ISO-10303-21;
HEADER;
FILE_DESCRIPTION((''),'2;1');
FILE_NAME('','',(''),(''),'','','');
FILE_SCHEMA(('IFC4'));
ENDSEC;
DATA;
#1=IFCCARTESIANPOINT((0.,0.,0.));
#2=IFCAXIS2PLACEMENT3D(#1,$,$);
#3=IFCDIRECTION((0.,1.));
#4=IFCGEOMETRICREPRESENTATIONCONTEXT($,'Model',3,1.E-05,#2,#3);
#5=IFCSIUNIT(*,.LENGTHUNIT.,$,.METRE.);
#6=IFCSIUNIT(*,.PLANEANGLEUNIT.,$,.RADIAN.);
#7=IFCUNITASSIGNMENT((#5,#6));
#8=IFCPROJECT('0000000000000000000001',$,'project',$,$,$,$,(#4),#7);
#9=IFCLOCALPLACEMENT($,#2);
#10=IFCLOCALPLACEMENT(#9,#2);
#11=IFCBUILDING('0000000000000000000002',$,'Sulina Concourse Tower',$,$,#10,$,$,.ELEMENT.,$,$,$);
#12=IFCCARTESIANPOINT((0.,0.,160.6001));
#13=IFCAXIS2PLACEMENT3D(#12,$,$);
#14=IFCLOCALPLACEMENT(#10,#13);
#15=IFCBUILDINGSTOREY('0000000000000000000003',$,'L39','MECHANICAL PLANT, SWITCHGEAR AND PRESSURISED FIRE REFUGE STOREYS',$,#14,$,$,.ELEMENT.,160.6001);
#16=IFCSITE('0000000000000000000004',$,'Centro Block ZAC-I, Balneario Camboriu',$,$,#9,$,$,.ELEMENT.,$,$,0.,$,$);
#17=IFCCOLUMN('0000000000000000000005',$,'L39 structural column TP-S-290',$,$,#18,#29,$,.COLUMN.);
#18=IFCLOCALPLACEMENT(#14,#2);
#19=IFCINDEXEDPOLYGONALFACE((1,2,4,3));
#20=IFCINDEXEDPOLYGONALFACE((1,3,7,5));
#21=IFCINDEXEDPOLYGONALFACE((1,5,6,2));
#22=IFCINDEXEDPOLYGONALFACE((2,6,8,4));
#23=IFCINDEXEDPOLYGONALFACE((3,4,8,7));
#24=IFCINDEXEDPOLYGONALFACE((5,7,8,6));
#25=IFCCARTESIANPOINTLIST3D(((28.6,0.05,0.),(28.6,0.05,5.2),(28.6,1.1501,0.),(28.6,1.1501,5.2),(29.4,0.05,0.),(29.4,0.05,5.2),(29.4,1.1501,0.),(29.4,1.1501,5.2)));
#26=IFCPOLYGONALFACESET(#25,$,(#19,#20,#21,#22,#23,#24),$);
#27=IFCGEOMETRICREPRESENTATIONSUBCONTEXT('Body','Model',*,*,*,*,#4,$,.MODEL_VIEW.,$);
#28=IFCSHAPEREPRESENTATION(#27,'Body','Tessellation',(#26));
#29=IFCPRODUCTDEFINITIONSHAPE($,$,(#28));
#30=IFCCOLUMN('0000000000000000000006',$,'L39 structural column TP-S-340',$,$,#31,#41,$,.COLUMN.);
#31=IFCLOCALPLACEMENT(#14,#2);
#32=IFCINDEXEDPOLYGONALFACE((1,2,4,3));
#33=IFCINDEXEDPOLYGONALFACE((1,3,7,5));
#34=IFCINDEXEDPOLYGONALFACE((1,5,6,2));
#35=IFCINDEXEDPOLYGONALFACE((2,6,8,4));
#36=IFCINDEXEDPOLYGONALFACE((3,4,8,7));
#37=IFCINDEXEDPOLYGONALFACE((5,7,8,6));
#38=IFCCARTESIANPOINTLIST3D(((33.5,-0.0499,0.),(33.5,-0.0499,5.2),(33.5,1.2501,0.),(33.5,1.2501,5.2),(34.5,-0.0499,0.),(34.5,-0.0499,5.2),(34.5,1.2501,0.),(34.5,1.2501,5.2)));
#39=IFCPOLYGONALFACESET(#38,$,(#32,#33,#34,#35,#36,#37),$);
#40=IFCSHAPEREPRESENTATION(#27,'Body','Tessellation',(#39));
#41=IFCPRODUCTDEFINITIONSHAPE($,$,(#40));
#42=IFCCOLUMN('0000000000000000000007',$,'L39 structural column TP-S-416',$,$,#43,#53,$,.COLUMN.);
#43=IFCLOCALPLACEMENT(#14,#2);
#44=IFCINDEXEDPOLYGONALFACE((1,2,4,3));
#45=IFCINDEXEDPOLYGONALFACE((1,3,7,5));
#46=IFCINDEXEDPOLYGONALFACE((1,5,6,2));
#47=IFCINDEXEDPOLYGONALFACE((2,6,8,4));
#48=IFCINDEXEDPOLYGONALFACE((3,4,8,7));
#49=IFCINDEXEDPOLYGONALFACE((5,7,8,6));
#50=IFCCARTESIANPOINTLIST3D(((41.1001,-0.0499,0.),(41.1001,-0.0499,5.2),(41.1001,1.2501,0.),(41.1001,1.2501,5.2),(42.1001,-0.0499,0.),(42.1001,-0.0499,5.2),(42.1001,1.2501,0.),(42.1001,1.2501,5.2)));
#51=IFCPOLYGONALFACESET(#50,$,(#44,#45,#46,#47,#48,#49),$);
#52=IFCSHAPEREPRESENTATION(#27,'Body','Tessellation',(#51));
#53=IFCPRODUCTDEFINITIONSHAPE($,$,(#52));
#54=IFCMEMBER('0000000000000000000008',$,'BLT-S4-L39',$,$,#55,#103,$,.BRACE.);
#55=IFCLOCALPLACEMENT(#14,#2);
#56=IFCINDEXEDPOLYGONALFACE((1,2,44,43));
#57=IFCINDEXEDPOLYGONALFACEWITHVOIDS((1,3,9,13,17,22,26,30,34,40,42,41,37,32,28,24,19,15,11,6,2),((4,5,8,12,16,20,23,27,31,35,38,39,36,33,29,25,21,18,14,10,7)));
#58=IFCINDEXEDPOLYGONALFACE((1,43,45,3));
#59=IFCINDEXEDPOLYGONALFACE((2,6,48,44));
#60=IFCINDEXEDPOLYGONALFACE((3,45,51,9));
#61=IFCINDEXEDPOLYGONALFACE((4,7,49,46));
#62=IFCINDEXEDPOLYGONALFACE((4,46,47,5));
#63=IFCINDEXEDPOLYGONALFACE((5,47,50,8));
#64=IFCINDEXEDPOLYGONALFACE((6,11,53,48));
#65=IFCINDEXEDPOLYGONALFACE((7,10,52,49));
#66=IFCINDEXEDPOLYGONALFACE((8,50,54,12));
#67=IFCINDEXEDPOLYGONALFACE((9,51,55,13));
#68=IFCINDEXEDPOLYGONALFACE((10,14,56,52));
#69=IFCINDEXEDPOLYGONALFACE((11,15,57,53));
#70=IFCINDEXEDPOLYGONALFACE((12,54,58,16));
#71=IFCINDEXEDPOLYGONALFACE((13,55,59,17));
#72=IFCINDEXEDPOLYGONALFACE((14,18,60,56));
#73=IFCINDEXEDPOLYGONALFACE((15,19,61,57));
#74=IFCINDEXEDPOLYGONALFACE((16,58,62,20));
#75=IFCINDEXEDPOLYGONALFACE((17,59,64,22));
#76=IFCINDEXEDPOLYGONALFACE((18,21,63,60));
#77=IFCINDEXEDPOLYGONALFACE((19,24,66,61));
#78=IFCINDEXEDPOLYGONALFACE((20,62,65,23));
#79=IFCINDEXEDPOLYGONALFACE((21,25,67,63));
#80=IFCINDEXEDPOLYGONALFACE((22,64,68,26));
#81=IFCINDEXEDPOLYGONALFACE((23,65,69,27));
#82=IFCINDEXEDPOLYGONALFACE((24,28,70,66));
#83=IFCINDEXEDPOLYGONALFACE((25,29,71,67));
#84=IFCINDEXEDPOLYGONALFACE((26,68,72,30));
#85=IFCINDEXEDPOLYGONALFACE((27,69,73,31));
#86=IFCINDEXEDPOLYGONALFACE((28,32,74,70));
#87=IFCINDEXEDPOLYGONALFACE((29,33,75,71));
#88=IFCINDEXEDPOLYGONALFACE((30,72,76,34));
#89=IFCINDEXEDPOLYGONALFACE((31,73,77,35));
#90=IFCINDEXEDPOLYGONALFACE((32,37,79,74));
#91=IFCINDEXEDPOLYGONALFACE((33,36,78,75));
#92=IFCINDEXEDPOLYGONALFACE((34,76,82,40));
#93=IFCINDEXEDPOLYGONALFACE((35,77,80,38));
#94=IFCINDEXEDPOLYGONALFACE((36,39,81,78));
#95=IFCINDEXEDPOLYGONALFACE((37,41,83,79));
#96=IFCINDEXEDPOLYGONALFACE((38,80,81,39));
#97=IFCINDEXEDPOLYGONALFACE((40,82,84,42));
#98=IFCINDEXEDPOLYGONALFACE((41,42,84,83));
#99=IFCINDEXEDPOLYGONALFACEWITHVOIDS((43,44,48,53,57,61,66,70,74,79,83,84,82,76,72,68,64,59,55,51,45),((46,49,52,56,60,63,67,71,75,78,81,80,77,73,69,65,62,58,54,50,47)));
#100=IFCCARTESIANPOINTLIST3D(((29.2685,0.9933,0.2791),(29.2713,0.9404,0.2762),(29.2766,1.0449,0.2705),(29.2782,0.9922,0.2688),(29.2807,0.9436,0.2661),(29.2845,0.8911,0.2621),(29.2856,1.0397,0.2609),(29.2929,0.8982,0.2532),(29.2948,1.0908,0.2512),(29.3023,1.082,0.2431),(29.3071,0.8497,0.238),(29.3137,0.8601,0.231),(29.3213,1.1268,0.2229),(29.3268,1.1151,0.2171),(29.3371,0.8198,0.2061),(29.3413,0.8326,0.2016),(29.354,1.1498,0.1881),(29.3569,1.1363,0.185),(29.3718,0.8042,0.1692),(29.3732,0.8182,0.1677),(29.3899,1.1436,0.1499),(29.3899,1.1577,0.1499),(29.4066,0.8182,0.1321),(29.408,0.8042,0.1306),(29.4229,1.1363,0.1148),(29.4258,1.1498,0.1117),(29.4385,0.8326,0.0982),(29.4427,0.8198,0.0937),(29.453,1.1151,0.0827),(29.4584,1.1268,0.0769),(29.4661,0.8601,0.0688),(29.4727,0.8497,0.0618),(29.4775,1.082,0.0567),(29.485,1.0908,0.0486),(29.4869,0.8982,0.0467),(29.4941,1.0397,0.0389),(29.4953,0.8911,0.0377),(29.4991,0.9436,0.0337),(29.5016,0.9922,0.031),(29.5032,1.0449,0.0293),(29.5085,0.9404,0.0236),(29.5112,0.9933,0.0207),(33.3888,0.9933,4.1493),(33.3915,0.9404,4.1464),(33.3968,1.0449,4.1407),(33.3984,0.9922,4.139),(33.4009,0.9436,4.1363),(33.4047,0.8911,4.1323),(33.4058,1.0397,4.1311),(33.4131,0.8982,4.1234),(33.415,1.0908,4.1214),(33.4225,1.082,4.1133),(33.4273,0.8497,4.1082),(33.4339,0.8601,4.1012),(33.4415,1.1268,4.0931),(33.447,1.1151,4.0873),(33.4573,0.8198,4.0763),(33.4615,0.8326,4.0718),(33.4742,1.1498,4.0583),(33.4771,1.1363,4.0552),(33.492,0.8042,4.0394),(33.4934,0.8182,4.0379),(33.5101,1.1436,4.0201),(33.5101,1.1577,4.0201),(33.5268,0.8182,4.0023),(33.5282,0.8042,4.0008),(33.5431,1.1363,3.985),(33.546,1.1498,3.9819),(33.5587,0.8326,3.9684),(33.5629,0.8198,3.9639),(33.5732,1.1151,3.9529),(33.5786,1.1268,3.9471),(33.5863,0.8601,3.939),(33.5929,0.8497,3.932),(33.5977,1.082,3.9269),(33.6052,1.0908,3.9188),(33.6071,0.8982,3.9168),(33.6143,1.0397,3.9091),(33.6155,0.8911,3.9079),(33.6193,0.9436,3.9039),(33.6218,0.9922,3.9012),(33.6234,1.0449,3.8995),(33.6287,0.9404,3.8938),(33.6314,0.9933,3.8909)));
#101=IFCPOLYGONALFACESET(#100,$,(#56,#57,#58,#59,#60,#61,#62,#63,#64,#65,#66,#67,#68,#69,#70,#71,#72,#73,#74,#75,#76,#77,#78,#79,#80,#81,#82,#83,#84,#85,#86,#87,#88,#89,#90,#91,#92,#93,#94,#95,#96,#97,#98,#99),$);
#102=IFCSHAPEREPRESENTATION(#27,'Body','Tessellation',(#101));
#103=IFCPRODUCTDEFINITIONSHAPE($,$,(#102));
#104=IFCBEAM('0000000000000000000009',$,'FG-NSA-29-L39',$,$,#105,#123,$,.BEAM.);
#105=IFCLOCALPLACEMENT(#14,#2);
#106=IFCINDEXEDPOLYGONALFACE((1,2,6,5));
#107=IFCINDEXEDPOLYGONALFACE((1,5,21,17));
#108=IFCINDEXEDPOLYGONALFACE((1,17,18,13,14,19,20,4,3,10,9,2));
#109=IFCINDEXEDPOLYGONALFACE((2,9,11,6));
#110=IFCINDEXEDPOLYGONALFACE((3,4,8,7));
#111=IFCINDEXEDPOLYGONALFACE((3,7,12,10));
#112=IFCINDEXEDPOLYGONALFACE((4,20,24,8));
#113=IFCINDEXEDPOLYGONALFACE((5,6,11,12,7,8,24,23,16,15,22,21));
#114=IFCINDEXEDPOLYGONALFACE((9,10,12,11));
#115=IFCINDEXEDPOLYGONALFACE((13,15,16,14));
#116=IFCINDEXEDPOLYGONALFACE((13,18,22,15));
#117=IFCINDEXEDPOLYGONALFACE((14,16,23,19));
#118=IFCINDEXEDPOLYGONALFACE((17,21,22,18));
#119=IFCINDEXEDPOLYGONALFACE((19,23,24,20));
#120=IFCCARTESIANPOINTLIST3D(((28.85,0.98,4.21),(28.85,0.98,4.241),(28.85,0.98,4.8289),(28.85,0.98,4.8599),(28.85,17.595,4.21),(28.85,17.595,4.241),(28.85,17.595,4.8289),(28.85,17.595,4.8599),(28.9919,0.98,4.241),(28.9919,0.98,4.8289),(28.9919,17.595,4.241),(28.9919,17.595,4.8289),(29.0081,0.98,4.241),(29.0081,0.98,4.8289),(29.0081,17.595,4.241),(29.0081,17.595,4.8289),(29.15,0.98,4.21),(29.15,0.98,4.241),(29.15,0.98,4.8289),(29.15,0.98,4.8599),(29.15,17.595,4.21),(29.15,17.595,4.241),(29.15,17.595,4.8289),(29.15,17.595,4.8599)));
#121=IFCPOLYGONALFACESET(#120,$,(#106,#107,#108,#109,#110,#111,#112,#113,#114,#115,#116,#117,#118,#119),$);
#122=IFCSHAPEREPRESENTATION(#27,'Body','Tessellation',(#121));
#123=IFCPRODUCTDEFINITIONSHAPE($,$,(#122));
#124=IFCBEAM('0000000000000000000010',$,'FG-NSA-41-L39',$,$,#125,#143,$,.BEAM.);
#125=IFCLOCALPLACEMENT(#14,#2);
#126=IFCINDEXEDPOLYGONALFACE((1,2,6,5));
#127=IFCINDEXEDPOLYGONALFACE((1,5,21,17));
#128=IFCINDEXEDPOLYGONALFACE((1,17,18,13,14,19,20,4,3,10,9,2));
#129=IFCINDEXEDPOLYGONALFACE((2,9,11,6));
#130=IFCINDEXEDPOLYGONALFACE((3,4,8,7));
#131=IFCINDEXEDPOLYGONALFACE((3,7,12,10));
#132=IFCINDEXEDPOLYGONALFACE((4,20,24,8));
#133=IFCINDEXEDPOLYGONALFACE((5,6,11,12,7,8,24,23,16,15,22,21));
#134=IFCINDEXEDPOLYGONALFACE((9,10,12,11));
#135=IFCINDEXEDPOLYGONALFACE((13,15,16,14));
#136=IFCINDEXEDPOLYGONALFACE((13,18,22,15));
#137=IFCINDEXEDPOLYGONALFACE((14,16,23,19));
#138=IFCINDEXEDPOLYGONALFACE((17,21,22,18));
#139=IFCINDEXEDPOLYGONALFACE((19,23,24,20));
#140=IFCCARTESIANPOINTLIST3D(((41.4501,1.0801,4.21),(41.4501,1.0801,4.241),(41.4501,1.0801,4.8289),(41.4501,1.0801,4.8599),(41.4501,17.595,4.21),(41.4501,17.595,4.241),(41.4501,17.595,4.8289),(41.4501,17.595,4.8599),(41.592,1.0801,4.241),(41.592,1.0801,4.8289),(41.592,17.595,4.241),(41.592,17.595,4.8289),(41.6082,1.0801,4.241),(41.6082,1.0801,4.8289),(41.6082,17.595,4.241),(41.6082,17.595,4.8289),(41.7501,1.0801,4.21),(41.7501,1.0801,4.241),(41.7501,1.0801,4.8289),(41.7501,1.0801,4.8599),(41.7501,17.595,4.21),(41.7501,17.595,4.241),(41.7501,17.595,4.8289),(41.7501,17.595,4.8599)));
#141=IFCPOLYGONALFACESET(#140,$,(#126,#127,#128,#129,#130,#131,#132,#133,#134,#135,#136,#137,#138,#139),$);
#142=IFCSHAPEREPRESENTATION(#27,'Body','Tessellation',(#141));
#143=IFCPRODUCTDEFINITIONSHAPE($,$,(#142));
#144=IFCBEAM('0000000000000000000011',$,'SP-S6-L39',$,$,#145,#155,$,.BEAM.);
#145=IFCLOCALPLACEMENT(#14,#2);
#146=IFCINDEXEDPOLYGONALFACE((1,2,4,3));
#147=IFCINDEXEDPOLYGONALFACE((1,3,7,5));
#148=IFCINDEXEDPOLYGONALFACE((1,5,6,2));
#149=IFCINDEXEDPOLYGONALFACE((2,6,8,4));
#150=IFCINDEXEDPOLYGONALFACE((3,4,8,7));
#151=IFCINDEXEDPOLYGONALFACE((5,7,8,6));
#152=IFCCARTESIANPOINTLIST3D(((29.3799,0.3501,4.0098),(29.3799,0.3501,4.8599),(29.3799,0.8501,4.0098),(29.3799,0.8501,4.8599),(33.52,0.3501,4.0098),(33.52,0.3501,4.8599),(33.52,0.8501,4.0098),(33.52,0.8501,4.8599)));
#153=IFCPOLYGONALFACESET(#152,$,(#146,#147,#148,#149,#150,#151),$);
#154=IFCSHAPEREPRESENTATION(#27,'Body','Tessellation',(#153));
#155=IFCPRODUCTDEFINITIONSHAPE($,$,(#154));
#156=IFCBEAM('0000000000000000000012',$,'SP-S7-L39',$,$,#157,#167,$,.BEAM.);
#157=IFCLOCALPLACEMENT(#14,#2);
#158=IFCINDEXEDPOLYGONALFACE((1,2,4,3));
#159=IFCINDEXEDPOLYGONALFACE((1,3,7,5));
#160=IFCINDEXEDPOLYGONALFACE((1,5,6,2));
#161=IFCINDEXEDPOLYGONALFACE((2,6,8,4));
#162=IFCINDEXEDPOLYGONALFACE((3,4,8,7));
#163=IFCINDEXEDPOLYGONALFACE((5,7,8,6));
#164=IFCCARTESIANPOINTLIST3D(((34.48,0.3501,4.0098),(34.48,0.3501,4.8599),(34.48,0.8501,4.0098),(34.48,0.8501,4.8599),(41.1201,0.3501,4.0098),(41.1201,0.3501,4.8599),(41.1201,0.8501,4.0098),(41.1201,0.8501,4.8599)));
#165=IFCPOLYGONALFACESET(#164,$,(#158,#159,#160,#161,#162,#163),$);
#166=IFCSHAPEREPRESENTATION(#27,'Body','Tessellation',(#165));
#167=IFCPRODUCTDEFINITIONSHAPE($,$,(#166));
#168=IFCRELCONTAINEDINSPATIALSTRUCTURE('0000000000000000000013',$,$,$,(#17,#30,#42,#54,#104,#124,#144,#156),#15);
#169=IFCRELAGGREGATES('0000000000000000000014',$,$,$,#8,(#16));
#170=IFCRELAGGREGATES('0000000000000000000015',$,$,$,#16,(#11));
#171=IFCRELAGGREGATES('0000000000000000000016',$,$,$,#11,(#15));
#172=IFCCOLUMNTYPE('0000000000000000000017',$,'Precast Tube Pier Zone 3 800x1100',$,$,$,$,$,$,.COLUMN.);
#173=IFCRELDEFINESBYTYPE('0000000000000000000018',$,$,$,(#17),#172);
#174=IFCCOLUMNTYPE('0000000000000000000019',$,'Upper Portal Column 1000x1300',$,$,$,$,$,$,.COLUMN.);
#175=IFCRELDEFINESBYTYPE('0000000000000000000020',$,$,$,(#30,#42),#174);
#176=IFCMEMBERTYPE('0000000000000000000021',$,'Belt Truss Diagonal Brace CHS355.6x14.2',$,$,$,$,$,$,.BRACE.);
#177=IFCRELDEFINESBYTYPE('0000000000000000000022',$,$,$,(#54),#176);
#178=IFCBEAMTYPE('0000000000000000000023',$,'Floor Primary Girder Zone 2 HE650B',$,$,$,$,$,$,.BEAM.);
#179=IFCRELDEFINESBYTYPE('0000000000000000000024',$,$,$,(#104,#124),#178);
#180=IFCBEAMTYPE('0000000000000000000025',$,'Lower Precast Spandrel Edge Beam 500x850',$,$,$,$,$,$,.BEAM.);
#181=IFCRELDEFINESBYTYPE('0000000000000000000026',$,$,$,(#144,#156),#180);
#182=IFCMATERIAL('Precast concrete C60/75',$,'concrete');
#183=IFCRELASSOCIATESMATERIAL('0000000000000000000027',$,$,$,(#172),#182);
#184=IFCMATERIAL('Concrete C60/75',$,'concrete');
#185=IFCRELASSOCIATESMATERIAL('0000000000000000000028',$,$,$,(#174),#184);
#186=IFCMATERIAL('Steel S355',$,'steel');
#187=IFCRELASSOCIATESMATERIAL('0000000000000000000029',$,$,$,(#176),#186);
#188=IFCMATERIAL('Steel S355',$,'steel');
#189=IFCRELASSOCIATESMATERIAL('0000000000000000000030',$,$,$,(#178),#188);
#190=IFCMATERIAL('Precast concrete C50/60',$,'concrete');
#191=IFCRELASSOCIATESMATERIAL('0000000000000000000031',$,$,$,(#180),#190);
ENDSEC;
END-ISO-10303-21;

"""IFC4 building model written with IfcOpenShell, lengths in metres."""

from ifc_helpers import new_model, si_unit, direction, frame, origin, origin_2d, place, context, subcontext, project, spatial, rectangle, hollow_circle, i_section, extrude, material, material_profile, profile_set, type_object, element, save


model = new_model("IFC4")

# Units and contexts
model_context = context("Model", 3, precision=1e-05, world=origin(), true_north=direction((0.0, 1.0)))
body_context = subcontext(model_context, "Body", "Model", "MODEL_VIEW")
ifc_project = project(units=[si_unit("LENGTHUNIT", "METRE"), si_unit("PLANEANGLEUNIT", "RADIAN")], contexts=[model_context])

# Site, building, storey
site_placement = place(None, origin())
site = spatial("IfcSite", under=ifc_project, at=site_placement, Name="Centro Block ZAC-I, Balneario Camboriu", CompositionType="ELEMENT", RefElevation=0.0)
building_placement = place(site_placement, origin())
building = spatial("IfcBuilding", under=site, at=building_placement, Name="Sulina Concourse Tower", CompositionType="ELEMENT")
storey_placement = place(building_placement, frame((0.0, 0.0, 160.6001)))
storey = spatial("IfcBuildingStorey", under=building, at=storey_placement, Name="L39", Description="MECHANICAL PLANT, SWITCHGEAR AND PRESSURISED FIRE REFUGE STOREYS", CompositionType="ELEMENT", Elevation=160.6001)

# Columns
ifc_material_1 = material(Name="Precast concrete C60/75", Category="concrete")
ifc_material_profile_1 = material_profile(ifc_material_1, rectangle(XDim=0.8, YDim=1.1001, at=origin_2d()), Name="PC 800x1100")
ifc_profile_set_1 = profile_set([ifc_material_profile_1], Name="Precast concrete C60/75")
column_type_1 = type_object("IfcColumnType", Name="Precast Tube Pier Zone 3 800x1100", PredefinedType="COLUMN", material=ifc_profile_set_1)
column_placement = place(storey_placement, frame((29.0, 0.6001, 0.0), z_axis=(0.0, 0.0, 1.0), x_axis=(1.0, 0.0, 0.0)))
element("IfcColumn", 1, at=column_placement, inside=storey, type_object=column_type_1, Name="L39 structural column TP-S-290", PredefinedType="COLUMN", context=body_context, shape_type="SweptSolid", body=[
    extrude(rectangle(XDim=0.8, YDim=1.1001, at=origin_2d()), origin(), (0.0, 0.0, 1.0), 5.2),
])
ifc_material_2 = material(Name="Concrete C60/75", Category="concrete")
ifc_material_profile_2 = material_profile(ifc_material_2, rectangle(XDim=1.0, YDim=1.3, at=origin_2d()), Name="RC 1000x1300")
ifc_profile_set_2 = profile_set([ifc_material_profile_2], Name="Concrete C60/75")
column_type_2 = type_object("IfcColumnType", Name="Upper Portal Column 1000x1300", PredefinedType="COLUMN", material=ifc_profile_set_2)
for number, where, z_axis, x_axis, name in (
    (2, (34.0, 0.6001, 0.0), (0.0, 0.0, 1.0), (1.0, 0.0, 0.0), "L39 structural column TP-S-340"),
    (3, (41.6001, 0.6001, 0.0), (0.0, 0.0, 1.0), (1.0, 0.0, 0.0), "L39 structural column TP-S-416"),
):
    element("IfcColumn", number, at=place(storey_placement, frame(where, z_axis=z_axis, x_axis=x_axis)), inside=storey, type_object=column_type_2, Name=name, PredefinedType="COLUMN", context=body_context, shape_type="SweptSolid", body=[
        extrude(rectangle(XDim=1.0, YDim=1.3, at=origin_2d()), origin(), (0.0, 0.0, 1.0), 5.2),
    ])

# Member
ifc_material_3 = material(Name="Steel S355", Category="steel")
ifc_material_profile_3 = material_profile(ifc_material_3, hollow_circle(Radius=0.1777, WallThickness=0.0142, at=origin_2d()), Name="CHS 355.6x14.2")
ifc_profile_set_3 = profile_set([ifc_material_profile_3], Name="Steel S355")
member_type_1 = type_object("IfcMemberType", Name="Belt Truss Diagonal Brace CHS355.6x14.2", PredefinedType="BRACE", material=ifc_profile_set_3)
member_1_placement = place(storey_placement, frame((29.3899, 0.98, 0.1499), z_axis=(0.728874, 0.0, 0.684648), x_axis=(0.0, 1.0, 0.0)))
element("IfcMember", 4, at=member_1_placement, inside=storey, type_object=member_type_1, Name="BLT-S4-L39", PredefinedType="BRACE", context=body_context, shape_type="SweptSolid", body=[
    extrude(hollow_circle(Radius=0.1777, WallThickness=0.0142, at=origin_2d()), origin(), (0.0, 0.0, 1.0), 5.6528),
])

# Beams
ifc_material_4 = material(Name="Steel S355", Category="steel")
ifc_material_profile_4 = material_profile(ifc_material_4, i_section(OverallWidth=0.3, OverallDepth=0.6499, WebThickness=0.0161, FlangeThickness=0.031, at=origin_2d()), Name="HE 650 B")
ifc_profile_set_4 = profile_set([ifc_material_profile_4], Name="Steel S355")
beam_type_1 = type_object("IfcBeamType", Name="Floor Primary Girder Zone 2 HE650B", PredefinedType="BEAM", material=ifc_profile_set_4)
beam_1_placement = place(storey_placement, frame((29.0, 0.98, 4.5349), z_axis=(0.0, 1.0, 0.0), x_axis=(-1.0, 0.0, 0.0)))
element("IfcBeam", 5, at=beam_1_placement, inside=storey, type_object=beam_type_1, Name="FG-NSA-29-L39", PredefinedType="BEAM", context=body_context, shape_type="SweptSolid", body=[
    extrude(i_section(OverallWidth=0.3, OverallDepth=0.6499, WebThickness=0.0161, FlangeThickness=0.031, at=origin_2d()), origin(), (0.0, 0.0, 1.0), 16.615),
])
beam_2_placement = place(storey_placement, frame((41.6001, 1.0801, 4.5349), z_axis=(0.0, 1.0, 0.0), x_axis=(-1.0, 0.0, 0.0)))
element("IfcBeam", 6, at=beam_2_placement, inside=storey, type_object=beam_type_1, Name="FG-NSA-41-L39", PredefinedType="BEAM", context=body_context, shape_type="SweptSolid", body=[
    extrude(i_section(OverallWidth=0.3, OverallDepth=0.6499, WebThickness=0.0161, FlangeThickness=0.031, at=origin_2d()), origin(), (0.0, 0.0, 1.0), 16.5149),
])
ifc_material_5 = material(Name="Precast concrete C50/60", Category="concrete")
ifc_material_profile_5 = material_profile(ifc_material_5, rectangle(XDim=0.5, YDim=0.8501, at=origin_2d()), Name="RC 500x850")
ifc_profile_set_5 = profile_set([ifc_material_profile_5], Name="Precast concrete C50/60")
beam_type_2 = type_object("IfcBeamType", Name="Lower Precast Spandrel Edge Beam 500x850", PredefinedType="BEAM", material=ifc_profile_set_5)
beam_3_placement = place(storey_placement, frame((29.3799, 0.6001, 4.4348), z_axis=(1.0, 0.0, 0.0), x_axis=(0.0, 1.0, 0.0)))
element("IfcBeam", 7, at=beam_3_placement, inside=storey, type_object=beam_type_2, Name="SP-S6-L39", PredefinedType="BEAM", context=body_context, shape_type="SweptSolid", body=[
    extrude(rectangle(XDim=0.5, YDim=0.8501, at=origin_2d()), origin(), (0.0, 0.0, 1.0), 4.1401),
])
beam_4_placement = place(storey_placement, frame((34.48, 0.6001, 4.4348), z_axis=(1.0, 0.0, 0.0), x_axis=(0.0, 1.0, 0.0)))
element("IfcBeam", 8, at=beam_4_placement, inside=storey, type_object=beam_type_2, Name="SP-S7-L39", PredefinedType="BEAM", context=body_context, shape_type="SweptSolid", body=[
    extrude(rectangle(XDim=0.5, YDim=0.8501, at=origin_2d()), origin(), (0.0, 0.0, 1.0), 6.6401),
])

save(model, "model.ifc")
